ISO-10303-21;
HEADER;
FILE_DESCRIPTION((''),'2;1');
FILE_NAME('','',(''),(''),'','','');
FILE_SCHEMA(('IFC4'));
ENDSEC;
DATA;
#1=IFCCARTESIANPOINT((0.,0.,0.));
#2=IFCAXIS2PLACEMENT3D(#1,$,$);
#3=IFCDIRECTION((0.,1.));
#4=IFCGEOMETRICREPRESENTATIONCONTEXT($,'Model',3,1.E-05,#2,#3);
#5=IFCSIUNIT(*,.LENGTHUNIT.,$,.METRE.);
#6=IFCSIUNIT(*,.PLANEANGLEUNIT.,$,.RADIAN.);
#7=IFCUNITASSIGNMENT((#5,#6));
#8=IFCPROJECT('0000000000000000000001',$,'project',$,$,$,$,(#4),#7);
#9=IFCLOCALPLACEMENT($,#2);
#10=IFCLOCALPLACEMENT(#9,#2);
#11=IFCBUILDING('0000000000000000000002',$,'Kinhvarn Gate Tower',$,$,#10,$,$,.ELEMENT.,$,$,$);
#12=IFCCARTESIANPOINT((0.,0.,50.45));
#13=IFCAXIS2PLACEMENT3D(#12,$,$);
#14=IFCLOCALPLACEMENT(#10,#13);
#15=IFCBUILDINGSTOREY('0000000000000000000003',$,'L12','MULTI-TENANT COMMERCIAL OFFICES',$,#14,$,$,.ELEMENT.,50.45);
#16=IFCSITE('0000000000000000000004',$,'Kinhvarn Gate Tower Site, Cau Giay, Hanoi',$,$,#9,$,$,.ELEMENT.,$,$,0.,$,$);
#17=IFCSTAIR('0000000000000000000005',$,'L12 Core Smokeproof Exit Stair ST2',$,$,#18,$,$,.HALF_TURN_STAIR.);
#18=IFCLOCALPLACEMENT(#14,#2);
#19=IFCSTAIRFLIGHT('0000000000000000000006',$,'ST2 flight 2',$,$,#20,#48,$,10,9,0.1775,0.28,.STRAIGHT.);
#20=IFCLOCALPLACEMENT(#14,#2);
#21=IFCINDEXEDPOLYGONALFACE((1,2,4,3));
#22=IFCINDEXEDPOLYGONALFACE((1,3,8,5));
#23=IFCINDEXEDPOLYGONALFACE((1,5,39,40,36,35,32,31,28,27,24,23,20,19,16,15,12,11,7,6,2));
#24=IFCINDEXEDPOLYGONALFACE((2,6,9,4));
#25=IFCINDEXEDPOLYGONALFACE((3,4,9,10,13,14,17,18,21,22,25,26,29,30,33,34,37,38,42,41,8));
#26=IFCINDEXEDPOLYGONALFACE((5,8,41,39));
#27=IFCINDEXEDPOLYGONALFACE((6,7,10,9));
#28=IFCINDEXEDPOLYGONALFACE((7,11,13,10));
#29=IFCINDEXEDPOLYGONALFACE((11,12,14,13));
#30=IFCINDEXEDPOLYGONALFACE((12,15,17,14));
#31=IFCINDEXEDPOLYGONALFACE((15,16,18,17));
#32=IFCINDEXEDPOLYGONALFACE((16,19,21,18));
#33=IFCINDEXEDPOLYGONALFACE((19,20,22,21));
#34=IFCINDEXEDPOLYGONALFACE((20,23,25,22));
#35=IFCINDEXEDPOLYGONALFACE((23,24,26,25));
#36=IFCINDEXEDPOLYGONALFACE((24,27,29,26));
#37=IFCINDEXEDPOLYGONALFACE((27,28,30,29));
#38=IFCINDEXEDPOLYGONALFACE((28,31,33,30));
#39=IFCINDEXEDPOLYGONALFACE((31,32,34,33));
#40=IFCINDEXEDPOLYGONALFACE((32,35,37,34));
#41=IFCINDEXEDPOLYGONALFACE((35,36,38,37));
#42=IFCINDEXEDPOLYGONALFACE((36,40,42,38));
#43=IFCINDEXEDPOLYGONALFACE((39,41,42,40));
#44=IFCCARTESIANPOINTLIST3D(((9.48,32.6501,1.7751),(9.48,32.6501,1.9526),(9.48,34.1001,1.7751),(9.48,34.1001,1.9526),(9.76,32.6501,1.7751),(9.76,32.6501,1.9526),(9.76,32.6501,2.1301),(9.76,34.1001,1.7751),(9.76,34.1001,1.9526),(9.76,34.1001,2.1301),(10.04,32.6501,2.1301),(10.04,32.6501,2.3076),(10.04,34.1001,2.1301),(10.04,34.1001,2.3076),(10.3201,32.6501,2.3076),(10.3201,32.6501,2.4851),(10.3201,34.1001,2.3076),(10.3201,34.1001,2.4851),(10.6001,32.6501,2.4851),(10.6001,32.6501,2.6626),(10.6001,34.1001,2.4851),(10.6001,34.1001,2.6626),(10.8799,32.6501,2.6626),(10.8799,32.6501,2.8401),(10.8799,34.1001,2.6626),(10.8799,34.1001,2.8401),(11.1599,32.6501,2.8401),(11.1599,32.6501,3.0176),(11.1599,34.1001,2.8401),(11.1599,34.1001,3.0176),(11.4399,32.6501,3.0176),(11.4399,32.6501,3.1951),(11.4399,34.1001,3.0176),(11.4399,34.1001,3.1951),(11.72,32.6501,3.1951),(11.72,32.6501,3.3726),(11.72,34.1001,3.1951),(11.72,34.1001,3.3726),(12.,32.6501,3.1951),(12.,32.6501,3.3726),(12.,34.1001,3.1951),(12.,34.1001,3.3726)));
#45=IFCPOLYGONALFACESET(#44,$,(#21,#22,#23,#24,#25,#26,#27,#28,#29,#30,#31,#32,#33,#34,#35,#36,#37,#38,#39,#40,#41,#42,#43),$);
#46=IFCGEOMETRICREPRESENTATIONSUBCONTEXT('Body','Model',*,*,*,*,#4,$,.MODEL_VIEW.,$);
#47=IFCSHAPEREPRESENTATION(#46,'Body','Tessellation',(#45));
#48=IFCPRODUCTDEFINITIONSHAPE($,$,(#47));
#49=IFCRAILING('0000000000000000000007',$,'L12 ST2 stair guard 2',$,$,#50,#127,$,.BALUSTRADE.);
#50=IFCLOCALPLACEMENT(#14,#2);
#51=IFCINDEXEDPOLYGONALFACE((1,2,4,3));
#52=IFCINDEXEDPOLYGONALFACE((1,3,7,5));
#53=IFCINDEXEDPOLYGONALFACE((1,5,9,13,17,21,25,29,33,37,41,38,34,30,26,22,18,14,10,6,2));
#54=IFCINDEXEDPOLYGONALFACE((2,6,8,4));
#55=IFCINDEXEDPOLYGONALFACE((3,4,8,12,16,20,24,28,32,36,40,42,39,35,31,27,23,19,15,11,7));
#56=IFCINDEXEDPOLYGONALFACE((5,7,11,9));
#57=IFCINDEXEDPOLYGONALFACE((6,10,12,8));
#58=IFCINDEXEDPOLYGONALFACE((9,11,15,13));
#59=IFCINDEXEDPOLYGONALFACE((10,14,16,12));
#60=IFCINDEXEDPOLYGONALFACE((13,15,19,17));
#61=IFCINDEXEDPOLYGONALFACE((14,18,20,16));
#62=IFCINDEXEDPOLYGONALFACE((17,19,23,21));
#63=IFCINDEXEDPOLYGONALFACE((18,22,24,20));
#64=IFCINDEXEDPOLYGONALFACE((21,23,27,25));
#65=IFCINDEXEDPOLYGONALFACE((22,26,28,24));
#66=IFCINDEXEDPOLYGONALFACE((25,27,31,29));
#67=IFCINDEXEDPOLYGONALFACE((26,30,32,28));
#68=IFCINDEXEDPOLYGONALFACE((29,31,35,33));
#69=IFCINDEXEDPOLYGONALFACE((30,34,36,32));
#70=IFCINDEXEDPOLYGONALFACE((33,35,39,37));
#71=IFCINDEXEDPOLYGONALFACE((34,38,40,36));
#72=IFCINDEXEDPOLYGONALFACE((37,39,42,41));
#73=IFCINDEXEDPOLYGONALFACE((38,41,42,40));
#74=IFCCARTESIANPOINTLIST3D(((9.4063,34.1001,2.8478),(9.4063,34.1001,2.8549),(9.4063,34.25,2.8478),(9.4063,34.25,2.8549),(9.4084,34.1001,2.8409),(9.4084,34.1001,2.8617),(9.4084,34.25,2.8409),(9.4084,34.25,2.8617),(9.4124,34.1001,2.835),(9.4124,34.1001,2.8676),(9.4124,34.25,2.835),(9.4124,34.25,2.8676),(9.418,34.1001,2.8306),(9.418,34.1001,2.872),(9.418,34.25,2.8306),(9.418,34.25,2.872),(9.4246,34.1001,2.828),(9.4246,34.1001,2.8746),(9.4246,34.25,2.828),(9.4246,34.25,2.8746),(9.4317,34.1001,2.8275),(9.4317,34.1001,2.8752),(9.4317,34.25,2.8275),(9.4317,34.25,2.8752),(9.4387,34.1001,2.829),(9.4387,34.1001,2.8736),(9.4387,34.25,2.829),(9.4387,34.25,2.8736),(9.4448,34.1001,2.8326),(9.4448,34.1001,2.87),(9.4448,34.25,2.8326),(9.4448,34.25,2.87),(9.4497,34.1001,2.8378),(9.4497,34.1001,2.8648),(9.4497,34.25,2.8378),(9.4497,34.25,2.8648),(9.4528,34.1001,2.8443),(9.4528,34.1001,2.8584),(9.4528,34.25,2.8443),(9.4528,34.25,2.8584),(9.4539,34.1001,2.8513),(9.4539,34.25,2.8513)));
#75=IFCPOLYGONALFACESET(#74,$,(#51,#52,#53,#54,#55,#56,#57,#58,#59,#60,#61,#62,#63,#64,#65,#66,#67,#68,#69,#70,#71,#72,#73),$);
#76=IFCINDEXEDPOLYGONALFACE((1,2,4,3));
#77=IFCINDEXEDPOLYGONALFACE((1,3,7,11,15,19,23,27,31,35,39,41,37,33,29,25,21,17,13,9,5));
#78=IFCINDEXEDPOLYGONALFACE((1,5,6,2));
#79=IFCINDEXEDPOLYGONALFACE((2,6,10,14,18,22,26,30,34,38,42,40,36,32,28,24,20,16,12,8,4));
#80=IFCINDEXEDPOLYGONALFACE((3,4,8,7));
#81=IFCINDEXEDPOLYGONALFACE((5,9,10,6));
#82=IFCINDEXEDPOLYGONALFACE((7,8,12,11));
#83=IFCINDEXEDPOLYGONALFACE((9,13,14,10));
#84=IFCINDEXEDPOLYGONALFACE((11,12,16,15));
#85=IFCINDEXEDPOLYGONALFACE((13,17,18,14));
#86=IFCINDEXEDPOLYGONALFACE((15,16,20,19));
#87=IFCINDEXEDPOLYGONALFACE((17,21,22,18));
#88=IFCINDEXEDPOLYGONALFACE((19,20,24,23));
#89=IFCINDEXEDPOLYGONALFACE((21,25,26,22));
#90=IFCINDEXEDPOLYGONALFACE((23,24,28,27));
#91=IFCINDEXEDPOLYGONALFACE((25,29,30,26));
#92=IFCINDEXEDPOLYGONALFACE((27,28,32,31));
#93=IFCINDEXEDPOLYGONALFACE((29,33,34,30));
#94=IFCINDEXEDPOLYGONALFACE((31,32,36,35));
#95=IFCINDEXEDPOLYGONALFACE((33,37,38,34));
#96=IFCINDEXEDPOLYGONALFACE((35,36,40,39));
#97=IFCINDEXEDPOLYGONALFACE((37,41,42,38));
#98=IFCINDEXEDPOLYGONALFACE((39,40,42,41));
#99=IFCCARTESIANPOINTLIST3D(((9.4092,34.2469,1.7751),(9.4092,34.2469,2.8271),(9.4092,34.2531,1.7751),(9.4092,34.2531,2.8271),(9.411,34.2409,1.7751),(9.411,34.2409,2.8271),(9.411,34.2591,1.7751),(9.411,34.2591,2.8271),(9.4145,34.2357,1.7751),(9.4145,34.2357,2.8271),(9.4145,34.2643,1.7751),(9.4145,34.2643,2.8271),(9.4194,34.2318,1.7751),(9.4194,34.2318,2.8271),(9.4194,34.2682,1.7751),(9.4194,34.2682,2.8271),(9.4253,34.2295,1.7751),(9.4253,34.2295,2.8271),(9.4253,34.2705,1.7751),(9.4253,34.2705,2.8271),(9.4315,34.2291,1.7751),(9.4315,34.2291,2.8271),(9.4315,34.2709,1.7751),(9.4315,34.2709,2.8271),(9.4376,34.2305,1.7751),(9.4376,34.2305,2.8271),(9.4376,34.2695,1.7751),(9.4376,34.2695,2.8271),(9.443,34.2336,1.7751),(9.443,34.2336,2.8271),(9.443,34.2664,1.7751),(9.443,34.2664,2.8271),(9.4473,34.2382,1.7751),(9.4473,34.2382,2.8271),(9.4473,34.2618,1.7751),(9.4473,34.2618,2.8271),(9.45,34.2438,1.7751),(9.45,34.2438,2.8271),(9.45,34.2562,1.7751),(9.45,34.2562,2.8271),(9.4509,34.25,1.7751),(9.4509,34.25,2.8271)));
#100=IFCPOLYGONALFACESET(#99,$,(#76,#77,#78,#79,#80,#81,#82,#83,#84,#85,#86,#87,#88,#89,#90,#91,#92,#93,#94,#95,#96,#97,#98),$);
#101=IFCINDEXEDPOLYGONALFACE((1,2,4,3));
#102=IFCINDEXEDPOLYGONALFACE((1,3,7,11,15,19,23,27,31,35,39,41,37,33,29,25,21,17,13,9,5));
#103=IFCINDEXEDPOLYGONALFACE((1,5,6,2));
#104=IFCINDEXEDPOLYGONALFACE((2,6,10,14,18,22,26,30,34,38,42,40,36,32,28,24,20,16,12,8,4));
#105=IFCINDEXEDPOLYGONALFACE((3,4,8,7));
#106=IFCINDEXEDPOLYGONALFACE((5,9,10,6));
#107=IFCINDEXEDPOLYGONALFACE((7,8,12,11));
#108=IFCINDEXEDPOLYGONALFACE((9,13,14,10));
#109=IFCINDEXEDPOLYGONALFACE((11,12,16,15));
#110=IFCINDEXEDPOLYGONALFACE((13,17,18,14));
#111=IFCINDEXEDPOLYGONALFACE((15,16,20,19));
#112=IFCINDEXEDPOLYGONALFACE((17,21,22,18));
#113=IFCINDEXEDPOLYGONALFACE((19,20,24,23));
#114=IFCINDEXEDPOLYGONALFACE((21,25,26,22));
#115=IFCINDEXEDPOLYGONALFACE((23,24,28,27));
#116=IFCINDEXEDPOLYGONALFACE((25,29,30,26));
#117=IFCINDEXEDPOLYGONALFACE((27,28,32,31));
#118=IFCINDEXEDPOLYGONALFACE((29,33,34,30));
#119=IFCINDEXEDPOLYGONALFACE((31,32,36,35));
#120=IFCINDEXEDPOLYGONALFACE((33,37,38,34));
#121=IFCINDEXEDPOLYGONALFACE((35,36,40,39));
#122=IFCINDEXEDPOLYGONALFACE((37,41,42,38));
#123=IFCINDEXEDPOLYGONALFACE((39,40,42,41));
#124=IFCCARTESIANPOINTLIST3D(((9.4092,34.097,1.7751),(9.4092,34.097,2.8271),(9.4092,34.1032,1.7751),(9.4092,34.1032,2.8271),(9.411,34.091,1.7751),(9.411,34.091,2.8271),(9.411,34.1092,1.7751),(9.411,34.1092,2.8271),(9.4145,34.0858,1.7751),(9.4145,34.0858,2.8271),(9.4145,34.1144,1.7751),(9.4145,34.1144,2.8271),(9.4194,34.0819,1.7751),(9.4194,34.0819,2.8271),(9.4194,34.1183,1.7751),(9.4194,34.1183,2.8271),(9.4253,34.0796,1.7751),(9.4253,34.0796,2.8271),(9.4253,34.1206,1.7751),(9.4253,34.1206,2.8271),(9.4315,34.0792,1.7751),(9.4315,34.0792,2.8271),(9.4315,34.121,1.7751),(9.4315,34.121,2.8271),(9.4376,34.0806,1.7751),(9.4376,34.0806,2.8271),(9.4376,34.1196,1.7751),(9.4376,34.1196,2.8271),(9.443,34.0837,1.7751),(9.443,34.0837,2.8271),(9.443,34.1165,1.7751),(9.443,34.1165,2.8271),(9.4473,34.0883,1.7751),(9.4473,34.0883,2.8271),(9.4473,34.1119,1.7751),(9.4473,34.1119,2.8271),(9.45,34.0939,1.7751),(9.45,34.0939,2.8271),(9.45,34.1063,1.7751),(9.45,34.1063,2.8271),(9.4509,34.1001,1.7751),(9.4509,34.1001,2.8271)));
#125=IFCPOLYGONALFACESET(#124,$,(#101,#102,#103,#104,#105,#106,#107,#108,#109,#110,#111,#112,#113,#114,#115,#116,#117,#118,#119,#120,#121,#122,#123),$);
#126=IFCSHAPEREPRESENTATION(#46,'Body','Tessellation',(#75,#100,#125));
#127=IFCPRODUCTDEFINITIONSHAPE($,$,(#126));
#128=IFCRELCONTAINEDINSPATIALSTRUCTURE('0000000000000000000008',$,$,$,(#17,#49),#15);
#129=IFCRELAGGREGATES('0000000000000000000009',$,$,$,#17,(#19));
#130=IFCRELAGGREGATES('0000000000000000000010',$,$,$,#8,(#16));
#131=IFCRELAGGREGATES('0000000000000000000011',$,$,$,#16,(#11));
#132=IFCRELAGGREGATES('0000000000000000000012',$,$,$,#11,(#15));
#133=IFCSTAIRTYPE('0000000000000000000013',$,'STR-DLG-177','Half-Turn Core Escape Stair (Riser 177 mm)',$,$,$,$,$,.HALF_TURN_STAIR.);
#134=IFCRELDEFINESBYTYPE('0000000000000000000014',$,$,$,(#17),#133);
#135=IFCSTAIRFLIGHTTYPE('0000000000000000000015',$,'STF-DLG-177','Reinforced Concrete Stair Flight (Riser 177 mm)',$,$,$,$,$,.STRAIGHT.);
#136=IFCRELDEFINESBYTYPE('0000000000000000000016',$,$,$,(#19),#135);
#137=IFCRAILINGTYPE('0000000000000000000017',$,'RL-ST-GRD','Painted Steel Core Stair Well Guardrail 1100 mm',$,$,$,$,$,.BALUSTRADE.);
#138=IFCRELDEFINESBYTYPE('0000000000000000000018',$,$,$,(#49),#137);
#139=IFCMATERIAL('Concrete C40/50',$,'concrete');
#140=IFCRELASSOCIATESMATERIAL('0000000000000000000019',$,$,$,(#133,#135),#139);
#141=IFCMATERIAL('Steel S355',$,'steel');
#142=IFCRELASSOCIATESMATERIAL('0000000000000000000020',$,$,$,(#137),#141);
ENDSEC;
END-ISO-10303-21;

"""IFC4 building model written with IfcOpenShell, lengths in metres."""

from ifc_helpers import new_model, si_unit, direction, frame, origin, origin_2d, place, context, subcontext, project, spatial, polyline, circle, outline, extrude, material, type_object, element, aggregate, save


model = new_model("IFC4")

# Units and contexts
model_context = context("Model", 3, precision=1e-05, world=origin(), true_north=direction((0.0, 1.0)))
body_context = subcontext(model_context, "Body", "Model", "MODEL_VIEW")
ifc_project = project(units=[si_unit("LENGTHUNIT", "METRE"), si_unit("PLANEANGLEUNIT", "RADIAN")], contexts=[model_context])

# Site, building, storey
site_placement = place(None, origin())
site = spatial("IfcSite", under=ifc_project, at=site_placement, Name="Kinhvarn Gate Tower Site, Cau Giay, Hanoi", CompositionType="ELEMENT", RefElevation=0.0)
building_placement = place(site_placement, origin())
building = spatial("IfcBuilding", under=site, at=building_placement, Name="Kinhvarn Gate Tower", CompositionType="ELEMENT")
storey_placement = place(building_placement, frame((0.0, 0.0, 50.45)))
storey = spatial("IfcBuildingStorey", under=building, at=storey_placement, Name="L12", Description="MULTI-TENANT COMMERCIAL OFFICES", CompositionType="ELEMENT", Elevation=50.45)

# Shared definitions
ifc_material_1 = material(Name="Steel S355", Category="steel")

# Shared definitions
ifc_material_2 = material(Name="Concrete C40/50", Category="concrete")

# Stair, stair flight
stair_type = type_object("IfcStairType", Name="STR-DLG-177", Description="Half-Turn Core Escape Stair (Riser 177 mm)", PredefinedType="HALF_TURN_STAIR", material=ifc_material_2)
stair_placement = place(storey_placement, origin())
stair = element("IfcStair", 1, at=stair_placement, inside=storey, type_object=stair_type, Name="L12 Core Smokeproof Exit Stair ST2", PredefinedType="HALF_TURN_STAIR")
stair_flight_type = type_object("IfcStairFlightType", Name="STF-DLG-177", Description="Reinforced Concrete Stair Flight (Riser 177 mm)", PredefinedType="STRAIGHT", material=ifc_material_2)
stair_flight_placement = place(storey_placement, frame((9.48, 33.375, 1.7751), z_axis=(0.0, 0.0, 1.0), x_axis=(1.0, 0.0, 0.0)))
stair_flight = element("IfcStairFlight", 2, at=stair_flight_placement, type_object=stair_flight_type, Name="ST2 flight 2", NumberOfRisers=10, NumberOfTreads=9, PredefinedType="STRAIGHT", RiserHeight=0.1775, TreadLength=0.28, context=body_context, shape_type="SweptSolid", body=[
    extrude(outline(polyline([(0.0, 0.0), (0.0, 0.1775), (0.28, 0.1775), (0.28, 0.355), (0.5601, 0.355), (0.5601, 0.5325), (0.8401, 0.5325), (0.8401, 0.71), (1.1201, 0.71), (1.1201, 0.8875), (1.3999, 0.8875), (1.3999, 1.0649), (1.6799, 1.0649), (1.6799, 1.2424), (1.96, 1.2424), (1.96, 1.4199), (2.24, 1.4199), (2.24, 1.5974), (2.52, 1.5974), (2.52, 1.7749), (2.52, 1.4199), (0.28, 0.0), (0.0, 0.0)])), frame((0.0, 0.7251, 0.0), z_axis=(0.0, -1.0, 0.0), x_axis=(1.0, 0.0, 0.0)), (0.0, 0.0, 1.0), 1.45),
])
aggregate(stair, [stair_flight])

# Railing
railing_type_1 = type_object("IfcRailingType", Name="RL-ST-GRD", Description="Painted Steel Core Stair Well Guardrail 1100 mm", PredefinedType="BALUSTRADE", material=ifc_material_1)
railing_1_placement = place(storey_placement, frame((9.4299, 34.25, 1.7751)))
element("IfcRailing", 3, at=railing_1_placement, inside=storey, type_object=railing_type_1, Name="L12 ST2 stair guard 2", PredefinedType="BALUSTRADE", context=body_context, shape_type="SweptSolid", body=[
    extrude(circle(Radius=0.0239, at=origin_2d()), frame((0.0, 0.0, 1.0762), z_axis=(0.0, -1.0, 0.0), x_axis=(1.0, 0.0, 0.0)), (0.0, 0.0, 1.0), 0.1499),
    extrude(circle(Radius=0.021, at=origin_2d()), origin(), (0.0, 0.0, 1.0), 1.052),
    extrude(circle(Radius=0.021, at=origin_2d()), frame((0.0, -0.1499, 0.0)), (0.0, 0.0, 1.0), 1.052),
])

save(model, "model.ifc")
